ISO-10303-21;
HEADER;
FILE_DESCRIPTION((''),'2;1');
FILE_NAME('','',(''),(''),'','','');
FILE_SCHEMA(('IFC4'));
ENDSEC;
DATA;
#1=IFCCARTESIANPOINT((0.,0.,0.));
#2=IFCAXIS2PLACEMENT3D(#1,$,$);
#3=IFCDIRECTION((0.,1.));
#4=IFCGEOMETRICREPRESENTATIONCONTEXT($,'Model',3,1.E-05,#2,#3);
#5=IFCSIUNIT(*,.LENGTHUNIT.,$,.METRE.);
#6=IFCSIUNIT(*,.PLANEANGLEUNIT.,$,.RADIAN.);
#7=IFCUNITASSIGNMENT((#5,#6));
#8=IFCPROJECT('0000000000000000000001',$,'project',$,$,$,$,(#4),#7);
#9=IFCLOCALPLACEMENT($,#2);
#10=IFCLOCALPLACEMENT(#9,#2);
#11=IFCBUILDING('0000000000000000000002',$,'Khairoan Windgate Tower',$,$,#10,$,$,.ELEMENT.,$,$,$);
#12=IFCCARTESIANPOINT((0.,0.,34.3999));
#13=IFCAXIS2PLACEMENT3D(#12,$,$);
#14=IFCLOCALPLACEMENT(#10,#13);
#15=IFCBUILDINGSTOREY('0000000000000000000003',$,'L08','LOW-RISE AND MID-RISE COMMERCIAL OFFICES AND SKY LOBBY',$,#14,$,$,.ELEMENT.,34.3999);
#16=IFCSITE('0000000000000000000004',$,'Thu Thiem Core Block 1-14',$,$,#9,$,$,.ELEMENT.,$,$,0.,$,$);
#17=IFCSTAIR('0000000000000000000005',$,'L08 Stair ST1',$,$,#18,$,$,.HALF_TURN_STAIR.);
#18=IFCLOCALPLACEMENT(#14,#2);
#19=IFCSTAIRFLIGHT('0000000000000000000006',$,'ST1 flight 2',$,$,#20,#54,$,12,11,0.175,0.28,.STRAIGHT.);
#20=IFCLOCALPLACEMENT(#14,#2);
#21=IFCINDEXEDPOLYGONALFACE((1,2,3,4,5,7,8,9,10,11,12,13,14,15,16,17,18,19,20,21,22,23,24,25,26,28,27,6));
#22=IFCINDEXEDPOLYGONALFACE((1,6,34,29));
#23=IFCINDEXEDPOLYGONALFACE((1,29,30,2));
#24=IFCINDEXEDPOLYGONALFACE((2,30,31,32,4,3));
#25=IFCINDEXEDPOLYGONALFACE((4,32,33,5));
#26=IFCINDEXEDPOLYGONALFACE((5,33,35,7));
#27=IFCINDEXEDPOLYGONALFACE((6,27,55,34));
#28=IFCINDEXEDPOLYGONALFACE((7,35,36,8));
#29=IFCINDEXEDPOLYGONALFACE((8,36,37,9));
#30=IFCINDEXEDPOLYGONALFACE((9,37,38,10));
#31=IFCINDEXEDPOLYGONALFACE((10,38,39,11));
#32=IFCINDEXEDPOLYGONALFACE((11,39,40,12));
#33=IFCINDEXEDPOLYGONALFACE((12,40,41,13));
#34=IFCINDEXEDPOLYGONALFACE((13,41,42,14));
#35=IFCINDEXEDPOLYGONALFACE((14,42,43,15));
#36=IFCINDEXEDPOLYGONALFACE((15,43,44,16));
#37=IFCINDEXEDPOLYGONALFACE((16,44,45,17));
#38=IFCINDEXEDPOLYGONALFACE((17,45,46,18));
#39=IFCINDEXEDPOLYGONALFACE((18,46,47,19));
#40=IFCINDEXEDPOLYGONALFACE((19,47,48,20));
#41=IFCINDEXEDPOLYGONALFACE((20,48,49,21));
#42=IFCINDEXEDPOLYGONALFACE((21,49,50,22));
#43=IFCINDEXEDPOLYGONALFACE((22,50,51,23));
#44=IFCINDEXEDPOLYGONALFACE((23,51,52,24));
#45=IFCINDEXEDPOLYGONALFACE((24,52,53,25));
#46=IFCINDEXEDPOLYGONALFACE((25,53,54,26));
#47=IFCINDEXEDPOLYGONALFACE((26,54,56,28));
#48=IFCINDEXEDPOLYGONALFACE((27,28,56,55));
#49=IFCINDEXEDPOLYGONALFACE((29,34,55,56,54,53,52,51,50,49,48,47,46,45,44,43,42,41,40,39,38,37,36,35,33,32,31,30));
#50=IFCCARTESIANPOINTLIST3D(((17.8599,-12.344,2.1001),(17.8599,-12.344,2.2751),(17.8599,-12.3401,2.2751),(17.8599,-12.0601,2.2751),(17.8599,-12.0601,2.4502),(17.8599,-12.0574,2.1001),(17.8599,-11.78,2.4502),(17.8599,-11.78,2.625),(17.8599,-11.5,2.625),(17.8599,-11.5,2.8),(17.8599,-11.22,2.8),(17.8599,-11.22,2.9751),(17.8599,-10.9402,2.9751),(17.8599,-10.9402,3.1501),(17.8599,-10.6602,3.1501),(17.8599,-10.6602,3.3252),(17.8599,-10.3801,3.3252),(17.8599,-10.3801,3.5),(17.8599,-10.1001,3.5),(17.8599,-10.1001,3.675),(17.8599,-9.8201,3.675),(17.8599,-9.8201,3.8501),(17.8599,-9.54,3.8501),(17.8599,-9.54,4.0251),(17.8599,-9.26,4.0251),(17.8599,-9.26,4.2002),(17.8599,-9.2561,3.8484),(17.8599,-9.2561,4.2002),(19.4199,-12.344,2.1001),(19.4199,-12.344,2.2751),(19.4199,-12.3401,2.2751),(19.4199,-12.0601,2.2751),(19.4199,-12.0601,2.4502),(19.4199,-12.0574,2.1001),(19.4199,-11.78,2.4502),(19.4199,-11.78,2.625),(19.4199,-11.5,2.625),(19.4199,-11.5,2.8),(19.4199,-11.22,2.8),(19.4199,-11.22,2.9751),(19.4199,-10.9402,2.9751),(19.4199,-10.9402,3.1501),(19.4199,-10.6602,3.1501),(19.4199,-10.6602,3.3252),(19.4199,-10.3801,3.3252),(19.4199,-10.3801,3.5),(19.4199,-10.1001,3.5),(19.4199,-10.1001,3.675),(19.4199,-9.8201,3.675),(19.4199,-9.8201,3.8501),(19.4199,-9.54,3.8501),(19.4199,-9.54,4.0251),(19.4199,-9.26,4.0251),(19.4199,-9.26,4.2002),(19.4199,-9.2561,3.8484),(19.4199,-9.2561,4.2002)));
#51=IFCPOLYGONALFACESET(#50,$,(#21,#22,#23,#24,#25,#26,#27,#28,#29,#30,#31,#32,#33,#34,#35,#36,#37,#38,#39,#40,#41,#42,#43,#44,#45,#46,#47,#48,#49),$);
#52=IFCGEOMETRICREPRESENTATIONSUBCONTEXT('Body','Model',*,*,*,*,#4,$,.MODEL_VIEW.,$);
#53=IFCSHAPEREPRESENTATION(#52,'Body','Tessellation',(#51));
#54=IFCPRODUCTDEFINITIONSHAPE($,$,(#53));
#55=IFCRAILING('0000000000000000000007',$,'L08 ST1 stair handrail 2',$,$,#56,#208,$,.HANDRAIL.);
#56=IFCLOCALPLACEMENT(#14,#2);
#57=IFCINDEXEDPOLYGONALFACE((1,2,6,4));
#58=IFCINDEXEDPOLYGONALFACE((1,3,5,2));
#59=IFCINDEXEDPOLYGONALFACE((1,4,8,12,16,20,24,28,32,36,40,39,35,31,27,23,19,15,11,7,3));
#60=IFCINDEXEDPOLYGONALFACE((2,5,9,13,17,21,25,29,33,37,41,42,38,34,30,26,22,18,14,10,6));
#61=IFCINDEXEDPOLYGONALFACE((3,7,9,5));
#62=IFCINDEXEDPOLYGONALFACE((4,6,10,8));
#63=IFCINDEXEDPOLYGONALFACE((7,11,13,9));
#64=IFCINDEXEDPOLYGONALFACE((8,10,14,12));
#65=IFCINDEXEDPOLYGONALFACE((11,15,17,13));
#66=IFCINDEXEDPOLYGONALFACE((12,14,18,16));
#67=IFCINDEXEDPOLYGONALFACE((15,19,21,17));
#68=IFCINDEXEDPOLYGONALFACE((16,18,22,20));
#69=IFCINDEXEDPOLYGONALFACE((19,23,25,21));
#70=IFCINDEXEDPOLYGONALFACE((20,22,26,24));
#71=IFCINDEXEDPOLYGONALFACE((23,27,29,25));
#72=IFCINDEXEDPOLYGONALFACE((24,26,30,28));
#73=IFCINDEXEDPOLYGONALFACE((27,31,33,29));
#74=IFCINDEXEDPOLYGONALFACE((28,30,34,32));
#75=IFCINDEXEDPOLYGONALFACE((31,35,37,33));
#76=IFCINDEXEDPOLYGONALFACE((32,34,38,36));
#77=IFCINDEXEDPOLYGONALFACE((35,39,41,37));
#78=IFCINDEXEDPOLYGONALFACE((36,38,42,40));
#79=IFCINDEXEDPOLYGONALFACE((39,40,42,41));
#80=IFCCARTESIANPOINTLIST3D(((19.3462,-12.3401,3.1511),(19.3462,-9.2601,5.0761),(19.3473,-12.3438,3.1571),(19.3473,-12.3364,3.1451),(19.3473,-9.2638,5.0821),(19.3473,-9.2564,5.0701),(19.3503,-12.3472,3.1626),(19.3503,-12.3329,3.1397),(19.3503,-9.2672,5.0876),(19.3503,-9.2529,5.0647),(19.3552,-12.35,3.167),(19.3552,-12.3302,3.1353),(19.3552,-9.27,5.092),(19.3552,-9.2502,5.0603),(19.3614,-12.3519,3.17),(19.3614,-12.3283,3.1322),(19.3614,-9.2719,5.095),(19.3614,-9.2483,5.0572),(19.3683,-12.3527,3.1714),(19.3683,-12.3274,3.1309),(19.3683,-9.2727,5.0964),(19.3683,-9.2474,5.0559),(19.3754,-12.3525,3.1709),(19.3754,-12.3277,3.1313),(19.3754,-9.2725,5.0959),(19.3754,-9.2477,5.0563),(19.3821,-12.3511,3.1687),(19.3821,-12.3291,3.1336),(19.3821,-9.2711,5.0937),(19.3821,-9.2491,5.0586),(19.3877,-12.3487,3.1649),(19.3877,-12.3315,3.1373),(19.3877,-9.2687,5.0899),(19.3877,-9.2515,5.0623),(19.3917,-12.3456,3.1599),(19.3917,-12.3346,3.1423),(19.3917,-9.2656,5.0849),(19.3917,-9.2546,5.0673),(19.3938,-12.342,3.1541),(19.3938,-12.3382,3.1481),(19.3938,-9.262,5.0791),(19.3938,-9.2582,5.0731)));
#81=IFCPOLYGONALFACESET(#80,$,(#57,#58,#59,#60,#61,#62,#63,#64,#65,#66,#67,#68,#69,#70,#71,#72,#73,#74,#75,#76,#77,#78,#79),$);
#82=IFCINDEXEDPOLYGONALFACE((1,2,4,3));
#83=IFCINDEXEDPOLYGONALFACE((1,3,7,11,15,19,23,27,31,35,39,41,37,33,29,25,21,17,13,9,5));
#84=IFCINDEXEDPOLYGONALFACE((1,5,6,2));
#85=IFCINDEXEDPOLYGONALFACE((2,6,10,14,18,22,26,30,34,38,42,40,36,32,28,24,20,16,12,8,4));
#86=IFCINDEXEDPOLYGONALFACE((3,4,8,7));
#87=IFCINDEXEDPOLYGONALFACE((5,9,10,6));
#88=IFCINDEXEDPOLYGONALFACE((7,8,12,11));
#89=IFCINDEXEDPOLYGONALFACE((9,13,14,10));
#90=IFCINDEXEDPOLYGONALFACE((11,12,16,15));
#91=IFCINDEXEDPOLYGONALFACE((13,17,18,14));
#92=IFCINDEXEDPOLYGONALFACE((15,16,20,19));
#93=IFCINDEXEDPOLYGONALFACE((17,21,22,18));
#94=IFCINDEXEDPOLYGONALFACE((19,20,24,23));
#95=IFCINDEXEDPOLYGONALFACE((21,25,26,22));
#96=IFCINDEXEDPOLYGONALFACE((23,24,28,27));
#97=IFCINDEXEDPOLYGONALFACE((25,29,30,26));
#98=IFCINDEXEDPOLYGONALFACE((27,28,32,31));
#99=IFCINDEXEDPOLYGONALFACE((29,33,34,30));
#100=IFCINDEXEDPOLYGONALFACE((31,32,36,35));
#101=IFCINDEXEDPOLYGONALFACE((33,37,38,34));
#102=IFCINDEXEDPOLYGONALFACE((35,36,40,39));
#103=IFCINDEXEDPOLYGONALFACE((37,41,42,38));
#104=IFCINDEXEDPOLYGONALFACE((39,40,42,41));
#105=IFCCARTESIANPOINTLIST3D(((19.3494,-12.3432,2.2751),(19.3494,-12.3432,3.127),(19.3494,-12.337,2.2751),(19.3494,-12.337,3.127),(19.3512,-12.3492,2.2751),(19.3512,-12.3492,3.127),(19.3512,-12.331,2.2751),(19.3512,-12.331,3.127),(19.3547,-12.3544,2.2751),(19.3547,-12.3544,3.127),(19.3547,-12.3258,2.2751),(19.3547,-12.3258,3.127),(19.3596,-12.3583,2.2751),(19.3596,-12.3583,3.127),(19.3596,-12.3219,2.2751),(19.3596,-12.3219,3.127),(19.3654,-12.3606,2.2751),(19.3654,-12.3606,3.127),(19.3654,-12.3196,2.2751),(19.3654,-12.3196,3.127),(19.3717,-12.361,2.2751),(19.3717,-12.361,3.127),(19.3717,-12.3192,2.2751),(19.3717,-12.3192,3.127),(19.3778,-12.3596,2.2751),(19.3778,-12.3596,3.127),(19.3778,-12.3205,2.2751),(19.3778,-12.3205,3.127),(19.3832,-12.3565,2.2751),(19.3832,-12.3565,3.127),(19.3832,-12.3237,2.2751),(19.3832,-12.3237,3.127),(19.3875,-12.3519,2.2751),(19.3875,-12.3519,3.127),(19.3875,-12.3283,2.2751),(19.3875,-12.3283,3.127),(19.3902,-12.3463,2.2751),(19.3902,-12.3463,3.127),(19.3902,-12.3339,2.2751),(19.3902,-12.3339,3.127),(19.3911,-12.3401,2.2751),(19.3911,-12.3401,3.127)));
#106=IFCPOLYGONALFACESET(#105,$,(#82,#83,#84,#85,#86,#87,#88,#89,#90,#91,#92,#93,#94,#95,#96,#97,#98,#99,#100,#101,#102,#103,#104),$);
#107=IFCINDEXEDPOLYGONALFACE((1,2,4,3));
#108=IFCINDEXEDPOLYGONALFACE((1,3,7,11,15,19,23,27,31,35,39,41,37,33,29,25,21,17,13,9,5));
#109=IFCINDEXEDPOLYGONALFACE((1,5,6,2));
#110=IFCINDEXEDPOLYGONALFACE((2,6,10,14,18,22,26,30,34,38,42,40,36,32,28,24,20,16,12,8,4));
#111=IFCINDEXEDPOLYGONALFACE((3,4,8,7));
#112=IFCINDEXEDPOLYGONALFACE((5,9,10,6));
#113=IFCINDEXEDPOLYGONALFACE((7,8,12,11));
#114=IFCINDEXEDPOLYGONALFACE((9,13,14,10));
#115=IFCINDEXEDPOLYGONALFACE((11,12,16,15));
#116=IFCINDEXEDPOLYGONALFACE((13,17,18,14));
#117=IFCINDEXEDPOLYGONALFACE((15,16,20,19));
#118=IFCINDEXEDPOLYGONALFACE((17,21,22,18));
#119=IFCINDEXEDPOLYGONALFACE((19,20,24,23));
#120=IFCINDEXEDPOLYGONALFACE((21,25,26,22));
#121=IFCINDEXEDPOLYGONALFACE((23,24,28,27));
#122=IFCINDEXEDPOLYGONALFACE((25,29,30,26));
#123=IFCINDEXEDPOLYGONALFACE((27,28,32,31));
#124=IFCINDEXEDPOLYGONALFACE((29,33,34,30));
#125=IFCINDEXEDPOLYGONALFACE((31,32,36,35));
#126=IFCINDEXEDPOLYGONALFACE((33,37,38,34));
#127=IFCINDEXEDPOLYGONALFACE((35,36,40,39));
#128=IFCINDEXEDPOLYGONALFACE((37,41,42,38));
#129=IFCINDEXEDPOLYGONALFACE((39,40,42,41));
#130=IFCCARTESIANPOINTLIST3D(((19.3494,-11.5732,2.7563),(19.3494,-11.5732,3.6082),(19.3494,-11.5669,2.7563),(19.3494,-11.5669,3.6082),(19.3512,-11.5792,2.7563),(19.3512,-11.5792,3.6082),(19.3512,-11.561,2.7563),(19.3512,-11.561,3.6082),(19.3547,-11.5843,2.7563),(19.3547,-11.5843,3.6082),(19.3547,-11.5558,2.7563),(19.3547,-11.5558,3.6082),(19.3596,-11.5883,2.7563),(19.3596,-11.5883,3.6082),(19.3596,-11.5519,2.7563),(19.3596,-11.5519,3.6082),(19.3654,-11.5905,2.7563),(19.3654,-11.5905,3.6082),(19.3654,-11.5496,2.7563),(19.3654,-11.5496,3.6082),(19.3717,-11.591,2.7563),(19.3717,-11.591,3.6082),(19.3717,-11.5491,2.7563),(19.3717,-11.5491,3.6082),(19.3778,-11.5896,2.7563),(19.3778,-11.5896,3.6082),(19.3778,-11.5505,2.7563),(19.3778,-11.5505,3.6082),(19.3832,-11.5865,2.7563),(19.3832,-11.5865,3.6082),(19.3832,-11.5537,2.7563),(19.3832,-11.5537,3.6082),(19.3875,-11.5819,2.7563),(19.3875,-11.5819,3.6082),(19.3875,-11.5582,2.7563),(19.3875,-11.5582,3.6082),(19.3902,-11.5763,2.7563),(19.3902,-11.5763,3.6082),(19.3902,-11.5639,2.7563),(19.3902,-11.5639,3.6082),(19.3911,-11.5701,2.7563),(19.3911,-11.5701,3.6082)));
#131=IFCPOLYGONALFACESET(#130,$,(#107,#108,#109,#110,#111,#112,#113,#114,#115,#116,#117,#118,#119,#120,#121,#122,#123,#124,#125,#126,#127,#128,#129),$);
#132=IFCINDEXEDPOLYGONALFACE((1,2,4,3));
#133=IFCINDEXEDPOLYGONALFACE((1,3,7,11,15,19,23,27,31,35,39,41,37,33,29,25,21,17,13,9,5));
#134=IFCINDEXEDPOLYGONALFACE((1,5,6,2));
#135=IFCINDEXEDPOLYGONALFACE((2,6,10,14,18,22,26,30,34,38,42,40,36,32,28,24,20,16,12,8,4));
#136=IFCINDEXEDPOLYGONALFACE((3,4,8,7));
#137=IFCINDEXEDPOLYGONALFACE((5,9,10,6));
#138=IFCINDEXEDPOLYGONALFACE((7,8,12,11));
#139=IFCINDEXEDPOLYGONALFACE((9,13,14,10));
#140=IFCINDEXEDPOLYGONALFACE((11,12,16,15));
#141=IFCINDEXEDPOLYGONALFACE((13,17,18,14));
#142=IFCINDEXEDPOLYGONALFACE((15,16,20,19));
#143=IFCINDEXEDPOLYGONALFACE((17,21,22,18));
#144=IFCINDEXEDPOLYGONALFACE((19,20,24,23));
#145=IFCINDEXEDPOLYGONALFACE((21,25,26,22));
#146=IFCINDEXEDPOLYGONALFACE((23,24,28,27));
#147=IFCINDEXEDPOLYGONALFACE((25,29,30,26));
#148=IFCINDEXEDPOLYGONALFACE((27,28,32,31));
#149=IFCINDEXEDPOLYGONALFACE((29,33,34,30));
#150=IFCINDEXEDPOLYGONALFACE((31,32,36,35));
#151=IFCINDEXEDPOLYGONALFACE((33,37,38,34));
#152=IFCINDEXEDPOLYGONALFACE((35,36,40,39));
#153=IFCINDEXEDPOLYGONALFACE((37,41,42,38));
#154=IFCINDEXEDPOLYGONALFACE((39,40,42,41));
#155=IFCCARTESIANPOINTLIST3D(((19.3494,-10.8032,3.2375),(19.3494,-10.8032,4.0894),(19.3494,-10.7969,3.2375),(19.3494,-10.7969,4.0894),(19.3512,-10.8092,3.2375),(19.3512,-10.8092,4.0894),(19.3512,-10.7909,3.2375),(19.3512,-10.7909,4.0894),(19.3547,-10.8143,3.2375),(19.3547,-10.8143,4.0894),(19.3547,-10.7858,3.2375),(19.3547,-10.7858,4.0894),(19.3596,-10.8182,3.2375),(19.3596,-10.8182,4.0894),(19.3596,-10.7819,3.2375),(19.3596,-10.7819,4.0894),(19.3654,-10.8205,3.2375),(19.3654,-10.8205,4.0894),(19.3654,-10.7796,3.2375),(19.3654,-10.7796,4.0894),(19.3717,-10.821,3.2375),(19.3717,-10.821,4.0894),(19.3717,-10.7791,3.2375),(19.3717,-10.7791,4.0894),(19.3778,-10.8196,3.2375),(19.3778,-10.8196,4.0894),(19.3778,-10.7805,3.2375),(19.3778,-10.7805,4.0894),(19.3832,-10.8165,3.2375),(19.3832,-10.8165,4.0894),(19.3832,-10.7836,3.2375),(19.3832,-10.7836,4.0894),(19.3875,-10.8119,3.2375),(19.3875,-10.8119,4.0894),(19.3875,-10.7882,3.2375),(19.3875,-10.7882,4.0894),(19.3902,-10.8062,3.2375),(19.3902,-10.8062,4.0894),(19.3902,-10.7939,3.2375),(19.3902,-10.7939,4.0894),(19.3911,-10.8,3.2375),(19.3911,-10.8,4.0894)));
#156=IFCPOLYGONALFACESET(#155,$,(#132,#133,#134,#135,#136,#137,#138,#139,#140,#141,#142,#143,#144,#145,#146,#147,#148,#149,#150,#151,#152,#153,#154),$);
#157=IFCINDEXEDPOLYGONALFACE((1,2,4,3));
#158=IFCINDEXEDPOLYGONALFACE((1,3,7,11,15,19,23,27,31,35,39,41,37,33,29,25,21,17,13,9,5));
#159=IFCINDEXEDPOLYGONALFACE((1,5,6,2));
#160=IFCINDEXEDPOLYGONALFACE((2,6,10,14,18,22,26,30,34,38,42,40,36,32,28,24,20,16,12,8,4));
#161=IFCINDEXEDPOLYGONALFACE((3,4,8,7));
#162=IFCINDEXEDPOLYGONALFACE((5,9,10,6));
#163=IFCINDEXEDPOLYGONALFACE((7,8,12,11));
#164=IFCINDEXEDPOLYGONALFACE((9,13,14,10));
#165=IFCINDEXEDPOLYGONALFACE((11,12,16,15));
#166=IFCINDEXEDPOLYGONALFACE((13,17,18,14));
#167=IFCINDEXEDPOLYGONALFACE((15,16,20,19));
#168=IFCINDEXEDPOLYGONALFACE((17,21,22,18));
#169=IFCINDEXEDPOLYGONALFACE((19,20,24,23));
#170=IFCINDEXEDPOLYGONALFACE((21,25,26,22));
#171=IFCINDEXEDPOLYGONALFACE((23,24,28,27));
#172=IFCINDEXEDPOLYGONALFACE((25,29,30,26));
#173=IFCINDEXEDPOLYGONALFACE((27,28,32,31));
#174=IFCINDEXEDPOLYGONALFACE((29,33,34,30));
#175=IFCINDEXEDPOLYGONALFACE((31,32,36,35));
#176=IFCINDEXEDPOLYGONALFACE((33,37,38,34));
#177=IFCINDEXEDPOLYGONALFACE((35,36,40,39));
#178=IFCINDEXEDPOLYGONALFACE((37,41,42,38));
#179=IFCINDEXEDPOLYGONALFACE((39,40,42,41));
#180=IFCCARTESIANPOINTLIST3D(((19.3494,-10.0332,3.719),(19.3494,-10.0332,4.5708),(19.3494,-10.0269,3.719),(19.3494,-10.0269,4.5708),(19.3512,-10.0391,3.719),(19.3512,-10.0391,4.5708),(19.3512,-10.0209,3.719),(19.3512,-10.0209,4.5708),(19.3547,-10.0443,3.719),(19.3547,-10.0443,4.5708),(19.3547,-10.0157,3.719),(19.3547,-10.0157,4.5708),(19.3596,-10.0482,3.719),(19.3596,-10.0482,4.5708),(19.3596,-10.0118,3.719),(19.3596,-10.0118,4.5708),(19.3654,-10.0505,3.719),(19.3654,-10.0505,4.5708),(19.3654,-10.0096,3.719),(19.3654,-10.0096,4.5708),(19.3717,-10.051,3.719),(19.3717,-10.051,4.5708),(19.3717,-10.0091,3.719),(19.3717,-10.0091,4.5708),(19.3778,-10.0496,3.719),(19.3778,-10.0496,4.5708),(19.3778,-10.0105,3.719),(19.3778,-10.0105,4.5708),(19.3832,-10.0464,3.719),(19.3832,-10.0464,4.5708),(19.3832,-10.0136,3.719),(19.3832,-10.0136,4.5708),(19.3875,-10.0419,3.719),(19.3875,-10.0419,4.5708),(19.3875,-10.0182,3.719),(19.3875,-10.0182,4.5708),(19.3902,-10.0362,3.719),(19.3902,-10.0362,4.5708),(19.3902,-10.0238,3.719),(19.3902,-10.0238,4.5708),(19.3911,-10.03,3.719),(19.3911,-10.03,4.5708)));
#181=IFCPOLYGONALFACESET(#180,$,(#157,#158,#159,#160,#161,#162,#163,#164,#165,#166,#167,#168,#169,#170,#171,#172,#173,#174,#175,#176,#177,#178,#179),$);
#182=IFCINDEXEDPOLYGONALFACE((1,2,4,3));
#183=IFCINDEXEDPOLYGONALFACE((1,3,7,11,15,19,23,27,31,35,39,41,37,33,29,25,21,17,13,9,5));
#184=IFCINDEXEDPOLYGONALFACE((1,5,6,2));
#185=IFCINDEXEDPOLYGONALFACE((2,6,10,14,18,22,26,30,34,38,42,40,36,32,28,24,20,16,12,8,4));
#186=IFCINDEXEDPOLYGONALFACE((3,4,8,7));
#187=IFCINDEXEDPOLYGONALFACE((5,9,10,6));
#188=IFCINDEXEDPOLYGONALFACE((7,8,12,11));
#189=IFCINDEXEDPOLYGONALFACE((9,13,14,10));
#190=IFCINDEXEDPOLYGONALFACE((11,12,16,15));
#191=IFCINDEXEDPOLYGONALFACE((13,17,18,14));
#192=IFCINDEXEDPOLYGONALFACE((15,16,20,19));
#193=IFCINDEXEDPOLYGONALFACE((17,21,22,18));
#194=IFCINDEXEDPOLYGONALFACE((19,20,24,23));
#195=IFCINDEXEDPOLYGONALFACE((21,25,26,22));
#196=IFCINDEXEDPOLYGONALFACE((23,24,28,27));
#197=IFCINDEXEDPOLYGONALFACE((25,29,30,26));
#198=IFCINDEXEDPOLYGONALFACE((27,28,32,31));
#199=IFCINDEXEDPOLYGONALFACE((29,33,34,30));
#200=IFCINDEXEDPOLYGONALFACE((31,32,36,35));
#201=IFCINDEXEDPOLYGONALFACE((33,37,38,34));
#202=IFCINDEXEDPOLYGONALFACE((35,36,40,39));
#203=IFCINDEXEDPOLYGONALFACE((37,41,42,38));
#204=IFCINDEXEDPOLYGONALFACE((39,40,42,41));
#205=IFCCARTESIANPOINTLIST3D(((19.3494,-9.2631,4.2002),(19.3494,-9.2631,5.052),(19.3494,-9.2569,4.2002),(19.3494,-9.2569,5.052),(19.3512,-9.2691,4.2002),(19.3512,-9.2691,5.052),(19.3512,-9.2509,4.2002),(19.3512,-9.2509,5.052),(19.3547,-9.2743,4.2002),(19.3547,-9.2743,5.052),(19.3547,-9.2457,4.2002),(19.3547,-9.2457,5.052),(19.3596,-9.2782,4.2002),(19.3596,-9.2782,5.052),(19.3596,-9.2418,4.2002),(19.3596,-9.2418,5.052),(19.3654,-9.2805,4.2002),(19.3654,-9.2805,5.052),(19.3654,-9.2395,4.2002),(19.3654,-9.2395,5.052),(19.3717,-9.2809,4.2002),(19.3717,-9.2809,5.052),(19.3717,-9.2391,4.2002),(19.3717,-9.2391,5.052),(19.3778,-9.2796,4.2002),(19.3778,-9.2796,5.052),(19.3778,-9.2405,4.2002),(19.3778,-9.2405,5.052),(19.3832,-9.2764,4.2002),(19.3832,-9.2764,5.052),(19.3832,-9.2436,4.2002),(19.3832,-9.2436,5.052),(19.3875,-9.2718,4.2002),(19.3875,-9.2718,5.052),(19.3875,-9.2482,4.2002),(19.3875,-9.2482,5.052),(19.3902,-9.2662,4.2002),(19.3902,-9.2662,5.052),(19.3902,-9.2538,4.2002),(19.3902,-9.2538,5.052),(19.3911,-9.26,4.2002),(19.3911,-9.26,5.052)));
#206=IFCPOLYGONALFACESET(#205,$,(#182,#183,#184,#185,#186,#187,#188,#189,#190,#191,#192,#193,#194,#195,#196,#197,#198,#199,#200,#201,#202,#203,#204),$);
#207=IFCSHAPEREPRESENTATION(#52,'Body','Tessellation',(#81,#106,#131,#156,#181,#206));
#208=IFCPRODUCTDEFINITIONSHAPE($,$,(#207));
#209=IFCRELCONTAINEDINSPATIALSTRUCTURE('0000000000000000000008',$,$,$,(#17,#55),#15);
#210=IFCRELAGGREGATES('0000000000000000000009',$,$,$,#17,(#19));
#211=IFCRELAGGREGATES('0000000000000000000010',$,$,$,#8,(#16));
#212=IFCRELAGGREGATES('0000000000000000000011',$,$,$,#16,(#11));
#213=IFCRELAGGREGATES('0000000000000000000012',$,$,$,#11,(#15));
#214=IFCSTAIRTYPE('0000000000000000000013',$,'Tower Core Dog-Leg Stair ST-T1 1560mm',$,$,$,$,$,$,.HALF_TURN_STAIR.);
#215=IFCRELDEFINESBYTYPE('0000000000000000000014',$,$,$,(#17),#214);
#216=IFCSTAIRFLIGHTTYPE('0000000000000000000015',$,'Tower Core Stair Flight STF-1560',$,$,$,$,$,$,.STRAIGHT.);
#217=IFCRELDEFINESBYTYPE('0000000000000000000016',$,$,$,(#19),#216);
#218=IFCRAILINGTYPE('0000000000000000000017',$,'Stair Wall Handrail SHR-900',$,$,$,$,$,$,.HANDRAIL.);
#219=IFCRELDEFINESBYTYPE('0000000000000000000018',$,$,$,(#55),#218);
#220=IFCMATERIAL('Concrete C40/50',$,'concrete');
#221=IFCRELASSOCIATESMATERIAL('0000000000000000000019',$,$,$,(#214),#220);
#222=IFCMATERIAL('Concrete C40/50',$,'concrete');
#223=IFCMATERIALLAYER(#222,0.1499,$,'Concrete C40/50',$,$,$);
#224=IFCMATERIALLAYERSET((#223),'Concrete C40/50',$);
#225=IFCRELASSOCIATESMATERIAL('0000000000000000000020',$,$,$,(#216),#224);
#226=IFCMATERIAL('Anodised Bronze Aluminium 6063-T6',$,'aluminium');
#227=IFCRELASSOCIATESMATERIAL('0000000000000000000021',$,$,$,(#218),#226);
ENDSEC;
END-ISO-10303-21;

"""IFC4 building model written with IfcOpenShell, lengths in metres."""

from ifc_helpers import new_model, si_unit, direction, frame, origin, origin_2d, place, context, subcontext, project, spatial, polyline, circle, outline, extrude, material, layer, layer_set, type_object, element, aggregate, save


model = new_model("IFC4")

# Units and contexts
model_context = context("Model", 3, precision=1e-05, world=origin(), true_north=direction((0.0, 1.0)))
body_context = subcontext(model_context, "Body", "Model", "MODEL_VIEW")
ifc_project = project(units=[si_unit("LENGTHUNIT", "METRE"), si_unit("PLANEANGLEUNIT", "RADIAN")], contexts=[model_context])

# Site, building, storey
site_placement = place(None, origin())
site = spatial("IfcSite", under=ifc_project, at=site_placement, Name="Thu Thiem Core Block 1-14", CompositionType="ELEMENT", RefElevation=0.0)
building_placement = place(site_placement, origin())
building = spatial("IfcBuilding", under=site, at=building_placement, Name="Khairoan Windgate Tower", CompositionType="ELEMENT")
storey_placement = place(building_placement, frame((0.0, 0.0, 34.3999)))
storey = spatial("IfcBuildingStorey", under=building, at=storey_placement, Name="L08", Description="LOW-RISE AND MID-RISE COMMERCIAL OFFICES AND SKY LOBBY", CompositionType="ELEMENT", Elevation=34.3999)

# Stair, stair flight
ifc_material_1 = material(Name="Concrete C40/50", Category="concrete")
stair_type = type_object("IfcStairType", Name="Tower Core Dog-Leg Stair ST-T1 1560mm", PredefinedType="HALF_TURN_STAIR", material=ifc_material_1)
stair_placement = place(storey_placement, origin())
stair = element("IfcStair", 1, at=stair_placement, inside=storey, type_object=stair_type, Name="L08 Stair ST1", PredefinedType="HALF_TURN_STAIR")
ifc_material_2 = material(Name="Concrete C40/50", Category="concrete")
ifc_layer_1 = layer(ifc_material_2, 0.1499, Name="Concrete C40/50")
ifc_layer_set_1 = layer_set([ifc_layer_1], Name="Concrete C40/50")
stair_flight_type = type_object("IfcStairFlightType", Name="Tower Core Stair Flight STF-1560", PredefinedType="STRAIGHT", material=ifc_layer_set_1)
stair_flight_placement = place(storey_placement, frame((18.6399, -12.3401, 2.1001), z_axis=(0.0, 0.0, 1.0), x_axis=(0.0, 1.0, 0.0)))
stair_flight = element("IfcStairFlight", 2, at=stair_flight_placement, type_object=stair_flight_type, Name="ST1 flight 2", NumberOfRisers=12, NumberOfTreads=11, PredefinedType="STRAIGHT", RiserHeight=0.175, TreadLength=0.28, context=body_context, shape_type="SweptSolid", body=[
    extrude(outline(polyline([(-0.0039, 0.0), (-0.0039, 0.175), (0.0, 0.175), (0.28, 0.175), (0.28, 0.3501), (0.5601, 0.3501), (0.5601, 0.5249), (0.8401, 0.5249), (0.8401, 0.7), (1.1201, 0.7), (1.1201, 0.875), (1.3999, 0.875), (1.3999, 1.05), (1.6799, 1.05), (1.6799, 1.2251), (1.96, 1.2251), (1.96, 1.3999), (2.24, 1.3999), (2.24, 1.575), (2.52, 1.575), (2.52, 1.75), (2.8, 1.75), (2.8, 1.925), (3.0801, 1.925), (3.0801, 2.1001), (3.084, 2.1001), (3.084, 1.7483), (0.2827, 0.0), (-0.0039, 0.0)])), frame((0.0, 0.78, 0.0), z_axis=(0.0, -1.0, 0.0), x_axis=(1.0, 0.0, 0.0)), (0.0, 0.0, 1.0), 1.5601),
])
aggregate(stair, [stair_flight])

# Railing
ifc_material_3 = material(Name="Anodised Bronze Aluminium 6063-T6", Category="aluminium")
railing_type_1 = type_object("IfcRailingType", Name="Stair Wall Handrail SHR-900", PredefinedType="HANDRAIL", material=ifc_material_3)
railing_1_placement = place(storey_placement, frame((19.3701, -12.3401, 2.2751)))
element("IfcRailing", 3, at=railing_1_placement, inside=storey, type_object=railing_type_1, Name="L08 ST1 stair handrail 2", PredefinedType="HANDRAIL", context=body_context, shape_type="SweptSolid", body=[
    extrude(circle(Radius=0.0239, at=origin_2d()), frame((0.0, 0.0, 0.876), z_axis=(0.0, 0.847998, 0.529999), x_axis=(-1.0, 0.0, 0.0)), (0.0, 0.0, 1.0), 3.6321),
    extrude(circle(Radius=0.021, at=origin_2d()), origin(), (0.0, 0.0, 1.0), 0.8518),
    extrude(circle(Radius=0.021, at=origin_2d()), frame((0.0, 0.77, 0.4812)), (0.0, 0.0, 1.0), 0.8518),
    extrude(circle(Radius=0.021, at=origin_2d()), frame((0.0, 1.54, 0.9624)), (0.0, 0.0, 1.0), 0.8518),
    extrude(circle(Radius=0.021, at=origin_2d()), frame((0.0, 2.3101, 1.4438)), (0.0, 0.0, 1.0), 0.8518),
    extrude(circle(Radius=0.021, at=origin_2d()), frame((0.0, 3.0801, 1.925)), (0.0, 0.0, 1.0), 0.8518),
])

save(model, "model.ifc")
